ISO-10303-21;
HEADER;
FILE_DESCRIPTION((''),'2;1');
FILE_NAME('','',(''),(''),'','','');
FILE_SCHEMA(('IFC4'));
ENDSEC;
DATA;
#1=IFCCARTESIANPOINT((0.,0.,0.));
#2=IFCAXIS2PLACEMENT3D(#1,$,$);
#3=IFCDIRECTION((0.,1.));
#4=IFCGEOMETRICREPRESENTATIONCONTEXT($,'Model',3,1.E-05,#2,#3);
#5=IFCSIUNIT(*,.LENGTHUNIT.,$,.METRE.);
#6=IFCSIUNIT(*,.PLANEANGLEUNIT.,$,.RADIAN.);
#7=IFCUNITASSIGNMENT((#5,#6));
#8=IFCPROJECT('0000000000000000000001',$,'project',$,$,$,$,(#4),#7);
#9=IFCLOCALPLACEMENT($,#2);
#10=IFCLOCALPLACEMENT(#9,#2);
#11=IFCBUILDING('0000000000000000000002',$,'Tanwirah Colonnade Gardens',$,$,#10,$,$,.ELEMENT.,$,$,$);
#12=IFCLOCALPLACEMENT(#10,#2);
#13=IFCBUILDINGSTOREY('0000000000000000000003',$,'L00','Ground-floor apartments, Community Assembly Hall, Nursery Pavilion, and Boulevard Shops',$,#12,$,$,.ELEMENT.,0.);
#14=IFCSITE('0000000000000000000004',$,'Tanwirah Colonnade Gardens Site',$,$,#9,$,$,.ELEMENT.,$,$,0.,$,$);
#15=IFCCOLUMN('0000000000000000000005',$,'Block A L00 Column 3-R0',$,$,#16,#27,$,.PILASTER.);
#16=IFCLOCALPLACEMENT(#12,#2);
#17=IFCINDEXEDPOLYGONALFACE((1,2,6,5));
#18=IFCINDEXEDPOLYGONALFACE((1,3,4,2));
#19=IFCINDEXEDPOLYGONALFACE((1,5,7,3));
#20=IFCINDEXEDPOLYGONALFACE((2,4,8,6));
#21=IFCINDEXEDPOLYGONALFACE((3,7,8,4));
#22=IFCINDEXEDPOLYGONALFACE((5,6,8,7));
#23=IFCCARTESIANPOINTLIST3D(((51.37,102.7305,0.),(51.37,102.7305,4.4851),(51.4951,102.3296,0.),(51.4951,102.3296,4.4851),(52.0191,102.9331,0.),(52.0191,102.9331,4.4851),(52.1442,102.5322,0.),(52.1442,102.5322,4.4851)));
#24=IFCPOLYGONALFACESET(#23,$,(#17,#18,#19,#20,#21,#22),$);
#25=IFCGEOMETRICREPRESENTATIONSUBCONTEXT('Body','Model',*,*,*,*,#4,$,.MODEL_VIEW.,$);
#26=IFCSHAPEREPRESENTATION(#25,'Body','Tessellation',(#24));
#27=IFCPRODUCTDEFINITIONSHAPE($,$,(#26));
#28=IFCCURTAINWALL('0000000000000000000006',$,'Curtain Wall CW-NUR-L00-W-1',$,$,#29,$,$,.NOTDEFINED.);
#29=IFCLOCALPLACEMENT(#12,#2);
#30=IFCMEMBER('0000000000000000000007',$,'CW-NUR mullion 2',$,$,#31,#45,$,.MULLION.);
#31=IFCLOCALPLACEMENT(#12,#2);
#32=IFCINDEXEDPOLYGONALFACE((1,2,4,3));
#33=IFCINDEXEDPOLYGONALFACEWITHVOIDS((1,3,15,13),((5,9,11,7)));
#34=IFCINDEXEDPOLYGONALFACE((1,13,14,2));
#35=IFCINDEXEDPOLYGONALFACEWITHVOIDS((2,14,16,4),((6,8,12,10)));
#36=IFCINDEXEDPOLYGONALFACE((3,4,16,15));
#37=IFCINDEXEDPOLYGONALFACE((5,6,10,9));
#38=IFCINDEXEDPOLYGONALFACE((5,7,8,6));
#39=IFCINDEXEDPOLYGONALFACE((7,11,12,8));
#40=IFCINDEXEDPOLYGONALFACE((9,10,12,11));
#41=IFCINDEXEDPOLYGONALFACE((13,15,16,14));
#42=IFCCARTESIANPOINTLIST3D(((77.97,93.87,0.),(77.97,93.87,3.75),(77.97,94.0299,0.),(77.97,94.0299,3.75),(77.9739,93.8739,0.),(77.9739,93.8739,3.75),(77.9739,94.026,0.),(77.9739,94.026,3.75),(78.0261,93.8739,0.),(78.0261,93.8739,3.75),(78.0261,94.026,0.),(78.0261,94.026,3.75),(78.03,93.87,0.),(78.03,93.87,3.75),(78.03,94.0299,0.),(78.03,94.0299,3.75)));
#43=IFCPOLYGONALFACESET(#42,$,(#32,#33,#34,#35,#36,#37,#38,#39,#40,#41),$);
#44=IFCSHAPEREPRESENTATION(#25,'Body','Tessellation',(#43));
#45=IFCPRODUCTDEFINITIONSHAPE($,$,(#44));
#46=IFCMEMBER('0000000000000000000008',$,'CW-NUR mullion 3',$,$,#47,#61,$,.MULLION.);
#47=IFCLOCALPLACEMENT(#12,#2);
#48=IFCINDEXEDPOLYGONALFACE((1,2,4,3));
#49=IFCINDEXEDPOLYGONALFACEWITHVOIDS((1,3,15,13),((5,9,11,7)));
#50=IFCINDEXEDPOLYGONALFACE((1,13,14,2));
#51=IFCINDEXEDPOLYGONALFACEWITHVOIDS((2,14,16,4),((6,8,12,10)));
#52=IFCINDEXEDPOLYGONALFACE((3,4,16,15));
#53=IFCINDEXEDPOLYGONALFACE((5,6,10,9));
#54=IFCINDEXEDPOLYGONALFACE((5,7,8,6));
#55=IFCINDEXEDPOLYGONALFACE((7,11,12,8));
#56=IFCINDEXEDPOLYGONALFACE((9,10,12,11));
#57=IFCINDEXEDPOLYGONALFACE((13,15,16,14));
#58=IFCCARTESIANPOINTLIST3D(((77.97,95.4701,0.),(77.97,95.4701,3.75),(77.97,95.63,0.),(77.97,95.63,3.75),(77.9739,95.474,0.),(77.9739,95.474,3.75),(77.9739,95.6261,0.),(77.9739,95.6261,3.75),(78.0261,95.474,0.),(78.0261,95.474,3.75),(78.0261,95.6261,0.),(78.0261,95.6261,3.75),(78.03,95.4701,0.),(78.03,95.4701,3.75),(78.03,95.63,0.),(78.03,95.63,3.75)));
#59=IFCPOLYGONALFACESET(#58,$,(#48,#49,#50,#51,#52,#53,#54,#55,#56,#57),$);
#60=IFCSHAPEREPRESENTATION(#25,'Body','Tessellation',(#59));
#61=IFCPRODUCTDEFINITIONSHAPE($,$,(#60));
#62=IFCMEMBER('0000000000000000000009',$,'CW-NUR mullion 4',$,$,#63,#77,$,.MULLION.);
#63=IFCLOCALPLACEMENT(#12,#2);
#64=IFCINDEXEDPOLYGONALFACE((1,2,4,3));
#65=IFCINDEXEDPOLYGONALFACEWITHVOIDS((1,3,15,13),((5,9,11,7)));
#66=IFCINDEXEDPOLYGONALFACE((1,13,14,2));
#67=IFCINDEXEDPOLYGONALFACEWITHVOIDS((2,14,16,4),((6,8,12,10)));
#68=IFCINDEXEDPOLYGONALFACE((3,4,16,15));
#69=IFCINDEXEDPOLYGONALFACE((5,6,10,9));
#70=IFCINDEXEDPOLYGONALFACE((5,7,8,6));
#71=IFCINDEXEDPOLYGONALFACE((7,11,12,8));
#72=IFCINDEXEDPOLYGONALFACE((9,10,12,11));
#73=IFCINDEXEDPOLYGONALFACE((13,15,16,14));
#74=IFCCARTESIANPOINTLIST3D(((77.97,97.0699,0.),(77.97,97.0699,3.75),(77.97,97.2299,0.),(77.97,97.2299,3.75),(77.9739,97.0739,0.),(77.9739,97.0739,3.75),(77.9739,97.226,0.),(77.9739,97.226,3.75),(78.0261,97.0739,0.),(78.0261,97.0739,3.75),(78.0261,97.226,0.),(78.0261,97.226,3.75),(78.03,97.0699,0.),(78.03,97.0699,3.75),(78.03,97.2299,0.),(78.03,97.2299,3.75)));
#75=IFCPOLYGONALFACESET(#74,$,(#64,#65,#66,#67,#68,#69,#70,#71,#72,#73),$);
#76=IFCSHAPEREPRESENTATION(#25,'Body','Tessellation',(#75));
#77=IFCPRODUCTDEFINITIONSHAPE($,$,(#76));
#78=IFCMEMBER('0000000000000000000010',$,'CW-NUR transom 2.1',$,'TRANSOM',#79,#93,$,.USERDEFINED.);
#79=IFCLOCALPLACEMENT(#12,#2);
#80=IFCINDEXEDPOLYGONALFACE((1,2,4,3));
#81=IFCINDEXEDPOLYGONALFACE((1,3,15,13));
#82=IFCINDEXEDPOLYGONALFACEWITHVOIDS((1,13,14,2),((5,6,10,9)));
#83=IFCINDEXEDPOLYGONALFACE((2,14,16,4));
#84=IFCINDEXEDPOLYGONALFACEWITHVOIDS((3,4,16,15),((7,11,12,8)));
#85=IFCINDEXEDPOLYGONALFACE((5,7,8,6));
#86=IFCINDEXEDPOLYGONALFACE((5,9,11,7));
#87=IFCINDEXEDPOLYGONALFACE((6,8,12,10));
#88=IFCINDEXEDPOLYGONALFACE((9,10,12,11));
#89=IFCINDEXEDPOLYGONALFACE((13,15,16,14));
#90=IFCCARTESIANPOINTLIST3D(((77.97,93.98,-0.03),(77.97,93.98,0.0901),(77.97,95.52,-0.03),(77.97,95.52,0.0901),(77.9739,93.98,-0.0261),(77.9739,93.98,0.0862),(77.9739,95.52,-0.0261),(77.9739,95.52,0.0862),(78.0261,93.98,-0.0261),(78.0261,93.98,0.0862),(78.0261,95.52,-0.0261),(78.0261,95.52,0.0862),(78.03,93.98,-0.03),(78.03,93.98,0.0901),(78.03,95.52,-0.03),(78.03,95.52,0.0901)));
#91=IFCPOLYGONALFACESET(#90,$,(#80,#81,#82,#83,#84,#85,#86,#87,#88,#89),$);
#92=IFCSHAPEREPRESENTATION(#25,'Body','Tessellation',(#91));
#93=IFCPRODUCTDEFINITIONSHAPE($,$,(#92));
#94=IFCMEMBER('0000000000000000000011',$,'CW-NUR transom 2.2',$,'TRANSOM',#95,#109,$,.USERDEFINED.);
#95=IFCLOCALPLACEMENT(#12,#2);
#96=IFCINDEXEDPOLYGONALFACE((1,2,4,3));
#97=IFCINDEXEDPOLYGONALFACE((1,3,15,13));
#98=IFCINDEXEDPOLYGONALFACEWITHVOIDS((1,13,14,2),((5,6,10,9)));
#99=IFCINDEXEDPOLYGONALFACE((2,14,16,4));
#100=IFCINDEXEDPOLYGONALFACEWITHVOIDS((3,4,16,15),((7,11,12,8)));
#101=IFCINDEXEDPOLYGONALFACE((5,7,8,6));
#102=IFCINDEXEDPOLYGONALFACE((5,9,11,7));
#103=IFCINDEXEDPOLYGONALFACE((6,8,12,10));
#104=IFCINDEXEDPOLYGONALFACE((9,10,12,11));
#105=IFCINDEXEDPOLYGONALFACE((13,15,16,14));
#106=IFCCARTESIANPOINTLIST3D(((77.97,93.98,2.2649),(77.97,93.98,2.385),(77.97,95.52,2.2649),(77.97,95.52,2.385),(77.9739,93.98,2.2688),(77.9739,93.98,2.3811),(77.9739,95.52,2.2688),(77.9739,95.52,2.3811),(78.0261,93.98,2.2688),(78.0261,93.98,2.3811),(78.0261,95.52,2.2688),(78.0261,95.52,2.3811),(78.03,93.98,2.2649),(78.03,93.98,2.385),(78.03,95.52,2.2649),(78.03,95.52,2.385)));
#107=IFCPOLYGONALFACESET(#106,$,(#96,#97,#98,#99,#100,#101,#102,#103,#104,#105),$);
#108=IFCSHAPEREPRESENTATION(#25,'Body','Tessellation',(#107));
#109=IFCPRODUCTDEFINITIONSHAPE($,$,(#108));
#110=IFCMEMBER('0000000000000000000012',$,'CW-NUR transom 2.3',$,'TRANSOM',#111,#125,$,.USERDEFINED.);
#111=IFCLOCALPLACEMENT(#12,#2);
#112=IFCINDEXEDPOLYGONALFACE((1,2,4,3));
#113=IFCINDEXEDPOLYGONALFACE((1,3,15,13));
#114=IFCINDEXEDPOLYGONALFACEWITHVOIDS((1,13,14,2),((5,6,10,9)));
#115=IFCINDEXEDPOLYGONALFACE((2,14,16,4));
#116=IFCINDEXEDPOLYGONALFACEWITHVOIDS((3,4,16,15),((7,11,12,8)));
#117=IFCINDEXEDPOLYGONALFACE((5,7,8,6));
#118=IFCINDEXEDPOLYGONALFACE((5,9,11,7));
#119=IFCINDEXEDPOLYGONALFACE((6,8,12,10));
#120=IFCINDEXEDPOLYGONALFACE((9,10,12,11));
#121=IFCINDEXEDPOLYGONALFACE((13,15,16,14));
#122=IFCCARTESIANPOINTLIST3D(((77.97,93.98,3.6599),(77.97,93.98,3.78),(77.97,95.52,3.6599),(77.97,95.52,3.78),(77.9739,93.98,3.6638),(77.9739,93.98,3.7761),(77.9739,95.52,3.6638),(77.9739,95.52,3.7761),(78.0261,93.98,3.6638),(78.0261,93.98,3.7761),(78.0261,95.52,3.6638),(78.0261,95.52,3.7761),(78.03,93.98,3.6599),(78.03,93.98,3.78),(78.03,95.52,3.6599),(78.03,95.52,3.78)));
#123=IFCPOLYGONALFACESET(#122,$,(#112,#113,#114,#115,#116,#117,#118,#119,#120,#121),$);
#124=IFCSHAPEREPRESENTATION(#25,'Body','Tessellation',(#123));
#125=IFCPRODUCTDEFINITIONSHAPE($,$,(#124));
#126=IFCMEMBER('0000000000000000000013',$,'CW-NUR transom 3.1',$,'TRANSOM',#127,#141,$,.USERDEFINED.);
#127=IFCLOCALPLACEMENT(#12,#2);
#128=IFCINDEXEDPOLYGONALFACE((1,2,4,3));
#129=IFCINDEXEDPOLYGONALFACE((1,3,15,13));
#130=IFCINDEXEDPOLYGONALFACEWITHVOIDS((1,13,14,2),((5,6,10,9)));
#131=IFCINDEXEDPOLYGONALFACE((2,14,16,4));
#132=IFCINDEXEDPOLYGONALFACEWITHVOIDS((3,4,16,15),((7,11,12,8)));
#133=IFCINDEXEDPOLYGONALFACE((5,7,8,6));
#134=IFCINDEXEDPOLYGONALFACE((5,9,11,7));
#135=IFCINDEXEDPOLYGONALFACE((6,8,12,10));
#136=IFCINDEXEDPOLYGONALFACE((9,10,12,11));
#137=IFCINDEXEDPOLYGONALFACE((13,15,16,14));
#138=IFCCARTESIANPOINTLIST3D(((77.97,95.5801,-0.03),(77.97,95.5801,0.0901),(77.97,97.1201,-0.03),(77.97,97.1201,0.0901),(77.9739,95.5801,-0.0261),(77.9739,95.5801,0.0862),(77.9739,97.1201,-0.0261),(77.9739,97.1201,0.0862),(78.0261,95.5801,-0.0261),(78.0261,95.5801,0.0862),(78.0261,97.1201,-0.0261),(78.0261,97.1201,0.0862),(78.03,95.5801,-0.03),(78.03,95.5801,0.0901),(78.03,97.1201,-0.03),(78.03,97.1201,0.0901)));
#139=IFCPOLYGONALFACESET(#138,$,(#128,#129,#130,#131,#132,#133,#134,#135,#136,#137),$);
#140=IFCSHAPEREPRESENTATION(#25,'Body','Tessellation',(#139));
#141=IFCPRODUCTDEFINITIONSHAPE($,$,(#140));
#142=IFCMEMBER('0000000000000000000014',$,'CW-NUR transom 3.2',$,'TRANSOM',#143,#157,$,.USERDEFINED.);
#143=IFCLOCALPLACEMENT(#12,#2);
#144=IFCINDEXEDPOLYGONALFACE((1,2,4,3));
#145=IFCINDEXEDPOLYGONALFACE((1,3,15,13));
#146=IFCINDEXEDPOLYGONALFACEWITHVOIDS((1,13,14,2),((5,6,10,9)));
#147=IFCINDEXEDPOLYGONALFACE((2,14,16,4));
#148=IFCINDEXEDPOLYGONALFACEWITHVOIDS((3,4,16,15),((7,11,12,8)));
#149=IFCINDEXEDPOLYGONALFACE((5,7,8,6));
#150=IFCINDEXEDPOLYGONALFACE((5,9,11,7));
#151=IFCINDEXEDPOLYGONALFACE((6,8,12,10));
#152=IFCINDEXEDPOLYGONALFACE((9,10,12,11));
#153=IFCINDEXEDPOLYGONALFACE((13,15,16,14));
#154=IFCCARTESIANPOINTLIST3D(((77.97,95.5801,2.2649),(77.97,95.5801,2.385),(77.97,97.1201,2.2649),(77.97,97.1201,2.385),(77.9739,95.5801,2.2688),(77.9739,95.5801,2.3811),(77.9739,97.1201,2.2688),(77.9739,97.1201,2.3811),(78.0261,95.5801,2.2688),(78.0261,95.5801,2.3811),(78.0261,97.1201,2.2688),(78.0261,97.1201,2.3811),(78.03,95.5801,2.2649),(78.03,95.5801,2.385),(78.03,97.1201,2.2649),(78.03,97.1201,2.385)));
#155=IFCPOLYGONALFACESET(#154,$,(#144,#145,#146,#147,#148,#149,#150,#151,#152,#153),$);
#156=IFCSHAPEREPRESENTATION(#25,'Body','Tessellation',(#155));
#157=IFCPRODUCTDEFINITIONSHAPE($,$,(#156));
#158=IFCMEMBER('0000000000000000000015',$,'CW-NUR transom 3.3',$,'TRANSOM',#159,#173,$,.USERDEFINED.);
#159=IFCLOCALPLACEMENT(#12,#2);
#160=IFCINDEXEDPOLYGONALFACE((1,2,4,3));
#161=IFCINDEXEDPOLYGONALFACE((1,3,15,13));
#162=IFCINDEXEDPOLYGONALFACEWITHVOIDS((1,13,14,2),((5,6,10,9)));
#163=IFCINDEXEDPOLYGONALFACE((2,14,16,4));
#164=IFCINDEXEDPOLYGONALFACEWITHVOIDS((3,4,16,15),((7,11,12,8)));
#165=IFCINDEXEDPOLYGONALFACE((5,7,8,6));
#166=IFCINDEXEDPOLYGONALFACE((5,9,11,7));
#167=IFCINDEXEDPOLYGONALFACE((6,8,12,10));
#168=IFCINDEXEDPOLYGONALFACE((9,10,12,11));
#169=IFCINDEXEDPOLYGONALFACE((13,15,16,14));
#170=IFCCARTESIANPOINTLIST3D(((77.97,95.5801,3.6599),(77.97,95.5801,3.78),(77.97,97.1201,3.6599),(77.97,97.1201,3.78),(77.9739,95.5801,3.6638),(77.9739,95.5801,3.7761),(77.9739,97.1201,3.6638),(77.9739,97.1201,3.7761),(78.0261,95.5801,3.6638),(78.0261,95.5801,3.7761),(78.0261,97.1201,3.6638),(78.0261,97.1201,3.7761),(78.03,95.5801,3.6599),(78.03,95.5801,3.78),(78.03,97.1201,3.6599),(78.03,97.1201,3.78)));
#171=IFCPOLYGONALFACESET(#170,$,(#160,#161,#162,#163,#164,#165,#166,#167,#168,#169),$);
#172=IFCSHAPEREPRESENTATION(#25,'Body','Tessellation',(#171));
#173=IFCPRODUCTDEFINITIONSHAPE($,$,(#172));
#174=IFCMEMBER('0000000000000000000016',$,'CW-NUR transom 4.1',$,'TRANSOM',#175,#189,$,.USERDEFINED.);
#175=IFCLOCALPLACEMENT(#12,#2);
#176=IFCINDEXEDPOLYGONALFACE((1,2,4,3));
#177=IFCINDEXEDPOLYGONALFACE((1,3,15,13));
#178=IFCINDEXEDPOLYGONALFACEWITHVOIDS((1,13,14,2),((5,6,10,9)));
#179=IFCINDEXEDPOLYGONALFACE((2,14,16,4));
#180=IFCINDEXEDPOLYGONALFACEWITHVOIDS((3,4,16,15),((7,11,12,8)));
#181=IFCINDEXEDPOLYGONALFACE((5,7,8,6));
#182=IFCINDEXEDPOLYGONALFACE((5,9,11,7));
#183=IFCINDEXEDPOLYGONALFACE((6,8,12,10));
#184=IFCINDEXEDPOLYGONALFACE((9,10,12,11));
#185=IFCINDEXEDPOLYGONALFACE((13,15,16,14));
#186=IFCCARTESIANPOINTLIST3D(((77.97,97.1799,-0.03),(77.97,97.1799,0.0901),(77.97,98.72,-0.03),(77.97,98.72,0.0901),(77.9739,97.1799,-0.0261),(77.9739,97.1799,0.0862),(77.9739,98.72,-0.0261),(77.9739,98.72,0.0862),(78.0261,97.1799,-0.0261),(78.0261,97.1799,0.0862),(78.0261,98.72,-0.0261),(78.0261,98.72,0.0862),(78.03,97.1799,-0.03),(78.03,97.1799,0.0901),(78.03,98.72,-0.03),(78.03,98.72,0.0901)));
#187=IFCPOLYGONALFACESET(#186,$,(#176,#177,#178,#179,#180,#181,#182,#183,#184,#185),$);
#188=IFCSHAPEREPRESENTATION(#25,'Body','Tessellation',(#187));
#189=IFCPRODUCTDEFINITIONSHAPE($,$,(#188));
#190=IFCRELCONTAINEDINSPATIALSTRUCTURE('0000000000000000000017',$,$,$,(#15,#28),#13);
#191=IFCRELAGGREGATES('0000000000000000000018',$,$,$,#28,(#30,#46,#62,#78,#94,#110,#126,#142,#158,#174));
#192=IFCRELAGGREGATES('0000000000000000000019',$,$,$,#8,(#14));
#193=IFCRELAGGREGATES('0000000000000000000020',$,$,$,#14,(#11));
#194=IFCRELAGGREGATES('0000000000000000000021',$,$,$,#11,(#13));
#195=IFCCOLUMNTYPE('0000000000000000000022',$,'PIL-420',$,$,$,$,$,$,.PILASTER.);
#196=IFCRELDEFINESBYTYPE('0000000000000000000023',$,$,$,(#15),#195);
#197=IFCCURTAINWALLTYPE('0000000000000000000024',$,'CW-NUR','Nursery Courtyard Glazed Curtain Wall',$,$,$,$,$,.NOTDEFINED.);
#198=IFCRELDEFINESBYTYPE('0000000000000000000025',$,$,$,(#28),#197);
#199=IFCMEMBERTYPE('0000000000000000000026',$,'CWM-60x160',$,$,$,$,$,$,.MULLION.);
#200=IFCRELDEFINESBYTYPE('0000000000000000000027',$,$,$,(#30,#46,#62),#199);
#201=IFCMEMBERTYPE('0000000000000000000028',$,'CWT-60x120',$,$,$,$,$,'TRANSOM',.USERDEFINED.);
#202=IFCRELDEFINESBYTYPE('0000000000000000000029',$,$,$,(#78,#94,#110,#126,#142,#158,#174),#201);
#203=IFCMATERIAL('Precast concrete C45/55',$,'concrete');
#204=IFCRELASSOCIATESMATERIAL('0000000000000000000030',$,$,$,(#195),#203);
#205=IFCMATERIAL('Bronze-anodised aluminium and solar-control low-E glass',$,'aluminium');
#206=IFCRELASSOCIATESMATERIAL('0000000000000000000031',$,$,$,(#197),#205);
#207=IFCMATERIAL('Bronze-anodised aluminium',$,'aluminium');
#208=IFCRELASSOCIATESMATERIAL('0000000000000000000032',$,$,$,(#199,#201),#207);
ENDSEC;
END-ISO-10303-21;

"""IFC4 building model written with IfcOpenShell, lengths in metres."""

from ifc_helpers import new_model, si_unit, direction, frame, origin, origin_2d, place, context, subcontext, project, spatial, rectangle, hollow_rectangle, extrude, material, material_profile, profile_set, type_object, element, aggregate, save


model = new_model("IFC4")

# Units and contexts
model_context = context("Model", 3, precision=1e-05, world=origin(), true_north=direction((0.0, 1.0)))
body_context = subcontext(model_context, "Body", "Model", "MODEL_VIEW")
ifc_project = project(units=[si_unit("LENGTHUNIT", "METRE"), si_unit("PLANEANGLEUNIT", "RADIAN")], contexts=[model_context])

# Site, building, storey
site_placement = place(None, origin())
site = spatial("IfcSite", under=ifc_project, at=site_placement, Name="Tanwirah Colonnade Gardens Site", CompositionType="ELEMENT", RefElevation=0.0)
building_placement = place(site_placement, origin())
building = spatial("IfcBuilding", under=site, at=building_placement, Name="Tanwirah Colonnade Gardens", CompositionType="ELEMENT")
storey_placement = place(building_placement, origin())
storey = spatial("IfcBuildingStorey", under=building, at=storey_placement, Name="L00", Description="Ground-floor apartments, Community Assembly Hall, Nursery Pavilion, and Boulevard Shops", CompositionType="ELEMENT", Elevation=0.0)

# Column
ifc_material_1 = material(Name="Precast concrete C45/55", Category="concrete")
ifc_material_profile_1 = material_profile(ifc_material_1, rectangle(XDim=0.4199, YDim=0.6799, at=origin_2d()), Name="PC-PIL 420x680")
ifc_profile_set_1 = profile_set([ifc_material_profile_1], Name="Precast concrete C45/55")
column_type = type_object("IfcColumnType", Name="PIL-420", PredefinedType="PILASTER", material=ifc_profile_set_1)
column_placement = place(storey_placement, frame((51.7571, 102.6313, 0.0), z_axis=(0.0, 0.0, 1.0), x_axis=(-0.29793, 0.954588, 0.0)))
element("IfcColumn", 1, at=column_placement, inside=storey, type_object=column_type, Name="Block A L00 Column 3-R0", PredefinedType="PILASTER", context=body_context, shape_type="SweptSolid", body=[
    extrude(rectangle(XDim=0.4199, YDim=0.6799, at=origin_2d()), origin(), (0.0, 0.0, 1.0), 4.4851),
])

# Curtain wall, members
ifc_material_2 = material(Name="Bronze-anodised aluminium and solar-control low-E glass", Category="aluminium")
curtain_wall_type = type_object("IfcCurtainWallType", Name="CW-NUR", Description="Nursery Courtyard Glazed Curtain Wall", PredefinedType="NOTDEFINED", material=ifc_material_2)
curtain_wall_placement = place(storey_placement, origin())
curtain_wall = element("IfcCurtainWall", 2, at=curtain_wall_placement, inside=storey, type_object=curtain_wall_type, Name="Curtain Wall CW-NUR-L00-W-1", PredefinedType="NOTDEFINED")
ifc_material_3 = material(Name="Bronze-anodised aluminium", Category="aluminium")
ifc_material_profile_2 = material_profile(ifc_material_3, hollow_rectangle(XDim=0.0601, YDim=0.1599, WallThickness=0.0039, at=origin_2d()), Name="CW-MUL 60x160x4")
ifc_profile_set_2 = profile_set([ifc_material_profile_2], Name="Bronze-anodised aluminium")
member_type_1 = type_object("IfcMemberType", Name="CWM-60x160", PredefinedType="MULLION", material=ifc_profile_set_2)
member_1_placement = place(storey_placement, frame((78.0, 93.95, 0.0), z_axis=(0.0, 0.0, 1.0), x_axis=(-1.0, 0.0, 0.0)))
member_1 = element("IfcMember", 3, at=member_1_placement, type_object=member_type_1, Name="CW-NUR mullion 2", PredefinedType="MULLION", context=body_context, shape_type="SweptSolid", body=[
    extrude(hollow_rectangle(XDim=0.0601, YDim=0.1599, WallThickness=0.0039, at=origin_2d()), origin(), (0.0, 0.0, 1.0), 3.75),
])
member_2_placement = place(storey_placement, frame((78.0, 95.55, 0.0), z_axis=(0.0, 0.0, 1.0), x_axis=(-1.0, 0.0, 0.0)))
member_2 = element("IfcMember", 4, at=member_2_placement, type_object=member_type_1, Name="CW-NUR mullion 3", PredefinedType="MULLION", context=body_context, shape_type="SweptSolid", body=[
    extrude(hollow_rectangle(XDim=0.0601, YDim=0.1599, WallThickness=0.0039, at=origin_2d()), origin(), (0.0, 0.0, 1.0), 3.75),
])
member_3_placement = place(storey_placement, frame((78.0, 97.1499, 0.0), z_axis=(0.0, 0.0, 1.0), x_axis=(-1.0, 0.0, 0.0)))
member_3 = element("IfcMember", 5, at=member_3_placement, type_object=member_type_1, Name="CW-NUR mullion 4", PredefinedType="MULLION", context=body_context, shape_type="SweptSolid", body=[
    extrude(hollow_rectangle(XDim=0.0601, YDim=0.1599, WallThickness=0.0039, at=origin_2d()), origin(), (0.0, 0.0, 1.0), 3.75),
])
ifc_material_profile_3 = material_profile(ifc_material_3, hollow_rectangle(XDim=0.0601, YDim=0.1201, WallThickness=0.0039, at=origin_2d()), Name="CW-TRN 60x120x4")
ifc_profile_set_3 = profile_set([ifc_material_profile_3], Name="Bronze-anodised aluminium")
member_type_2 = type_object("IfcMemberType", Name="CWT-60x120", ElementType="TRANSOM", PredefinedType="USERDEFINED", material=ifc_profile_set_3)
member_4_placement = place(storey_placement, frame((78.0, 93.98, 0.03), z_axis=(0.0, 1.0, 0.0), x_axis=(-1.0, 0.0, 0.0)))
member_4 = element("IfcMember", 6, at=member_4_placement, type_object=member_type_2, Name="CW-NUR transom 2.1", ObjectType="TRANSOM", PredefinedType="USERDEFINED", context=body_context, shape_type="SweptSolid", body=[
    extrude(hollow_rectangle(XDim=0.0601, YDim=0.1201, WallThickness=0.0039, at=origin_2d()), origin(), (0.0, 0.0, 1.0), 1.54),
])
member_5_placement = place(storey_placement, frame((78.0, 93.98, 2.325), z_axis=(0.0, 1.0, 0.0), x_axis=(-1.0, 0.0, 0.0)))
member_5 = element("IfcMember", 7, at=member_5_placement, type_object=member_type_2, Name="CW-NUR transom 2.2", ObjectType="TRANSOM", PredefinedType="USERDEFINED", context=body_context, shape_type="SweptSolid", body=[
    extrude(hollow_rectangle(XDim=0.0601, YDim=0.1201, WallThickness=0.0039, at=origin_2d()), origin(), (0.0, 0.0, 1.0), 1.54),
])
member_6_placement = place(storey_placement, frame((78.0, 93.98, 3.72), z_axis=(0.0, 1.0, 0.0), x_axis=(-1.0, 0.0, 0.0)))
member_6 = element("IfcMember", 8, at=member_6_placement, type_object=member_type_2, Name="CW-NUR transom 2.3", ObjectType="TRANSOM", PredefinedType="USERDEFINED", context=body_context, shape_type="SweptSolid", body=[
    extrude(hollow_rectangle(XDim=0.0601, YDim=0.1201, WallThickness=0.0039, at=origin_2d()), origin(), (0.0, 0.0, 1.0), 1.54),
])
member_7_placement = place(storey_placement, frame((78.0, 95.5801, 0.03), z_axis=(0.0, 1.0, 0.0), x_axis=(-1.0, 0.0, 0.0)))
member_7 = element("IfcMember", 9, at=member_7_placement, type_object=member_type_2, Name="CW-NUR transom 3.1", ObjectType="TRANSOM", PredefinedType="USERDEFINED", context=body_context, shape_type="SweptSolid", body=[
    extrude(hollow_rectangle(XDim=0.0601, YDim=0.1201, WallThickness=0.0039, at=origin_2d()), origin(), (0.0, 0.0, 1.0), 1.54),
])
member_8_placement = place(storey_placement, frame((78.0, 95.5801, 2.325), z_axis=(0.0, 1.0, 0.0), x_axis=(-1.0, 0.0, 0.0)))
member_8 = element("IfcMember", 10, at=member_8_placement, type_object=member_type_2, Name="CW-NUR transom 3.2", ObjectType="TRANSOM", PredefinedType="USERDEFINED", context=body_context, shape_type="SweptSolid", body=[
    extrude(hollow_rectangle(XDim=0.0601, YDim=0.1201, WallThickness=0.0039, at=origin_2d()), origin(), (0.0, 0.0, 1.0), 1.54),
])
member_9_placement = place(storey_placement, frame((78.0, 95.5801, 3.72), z_axis=(0.0, 1.0, 0.0), x_axis=(-1.0, 0.0, 0.0)))
member_9 = element("IfcMember", 11, at=member_9_placement, type_object=member_type_2, Name="CW-NUR transom 3.3", ObjectType="TRANSOM", PredefinedType="USERDEFINED", context=body_context, shape_type="SweptSolid", body=[
    extrude(hollow_rectangle(XDim=0.0601, YDim=0.1201, WallThickness=0.0039, at=origin_2d()), origin(), (0.0, 0.0, 1.0), 1.54),
])
member_10_placement = place(storey_placement, frame((78.0, 97.1799, 0.03), z_axis=(0.0, 1.0, 0.0), x_axis=(-1.0, 0.0, 0.0)))
member_10 = element("IfcMember", 12, at=member_10_placement, type_object=member_type_2, Name="CW-NUR transom 4.1", ObjectType="TRANSOM", PredefinedType="USERDEFINED", context=body_context, shape_type="SweptSolid", body=[
    extrude(hollow_rectangle(XDim=0.0601, YDim=0.1201, WallThickness=0.0039, at=origin_2d()), origin(), (0.0, 0.0, 1.0), 1.54),
])

aggregate(curtain_wall, [member_1, member_2, member_3, member_4, member_5, member_6, member_7, member_8, member_9, member_10])

save(model, "model.ifc")
